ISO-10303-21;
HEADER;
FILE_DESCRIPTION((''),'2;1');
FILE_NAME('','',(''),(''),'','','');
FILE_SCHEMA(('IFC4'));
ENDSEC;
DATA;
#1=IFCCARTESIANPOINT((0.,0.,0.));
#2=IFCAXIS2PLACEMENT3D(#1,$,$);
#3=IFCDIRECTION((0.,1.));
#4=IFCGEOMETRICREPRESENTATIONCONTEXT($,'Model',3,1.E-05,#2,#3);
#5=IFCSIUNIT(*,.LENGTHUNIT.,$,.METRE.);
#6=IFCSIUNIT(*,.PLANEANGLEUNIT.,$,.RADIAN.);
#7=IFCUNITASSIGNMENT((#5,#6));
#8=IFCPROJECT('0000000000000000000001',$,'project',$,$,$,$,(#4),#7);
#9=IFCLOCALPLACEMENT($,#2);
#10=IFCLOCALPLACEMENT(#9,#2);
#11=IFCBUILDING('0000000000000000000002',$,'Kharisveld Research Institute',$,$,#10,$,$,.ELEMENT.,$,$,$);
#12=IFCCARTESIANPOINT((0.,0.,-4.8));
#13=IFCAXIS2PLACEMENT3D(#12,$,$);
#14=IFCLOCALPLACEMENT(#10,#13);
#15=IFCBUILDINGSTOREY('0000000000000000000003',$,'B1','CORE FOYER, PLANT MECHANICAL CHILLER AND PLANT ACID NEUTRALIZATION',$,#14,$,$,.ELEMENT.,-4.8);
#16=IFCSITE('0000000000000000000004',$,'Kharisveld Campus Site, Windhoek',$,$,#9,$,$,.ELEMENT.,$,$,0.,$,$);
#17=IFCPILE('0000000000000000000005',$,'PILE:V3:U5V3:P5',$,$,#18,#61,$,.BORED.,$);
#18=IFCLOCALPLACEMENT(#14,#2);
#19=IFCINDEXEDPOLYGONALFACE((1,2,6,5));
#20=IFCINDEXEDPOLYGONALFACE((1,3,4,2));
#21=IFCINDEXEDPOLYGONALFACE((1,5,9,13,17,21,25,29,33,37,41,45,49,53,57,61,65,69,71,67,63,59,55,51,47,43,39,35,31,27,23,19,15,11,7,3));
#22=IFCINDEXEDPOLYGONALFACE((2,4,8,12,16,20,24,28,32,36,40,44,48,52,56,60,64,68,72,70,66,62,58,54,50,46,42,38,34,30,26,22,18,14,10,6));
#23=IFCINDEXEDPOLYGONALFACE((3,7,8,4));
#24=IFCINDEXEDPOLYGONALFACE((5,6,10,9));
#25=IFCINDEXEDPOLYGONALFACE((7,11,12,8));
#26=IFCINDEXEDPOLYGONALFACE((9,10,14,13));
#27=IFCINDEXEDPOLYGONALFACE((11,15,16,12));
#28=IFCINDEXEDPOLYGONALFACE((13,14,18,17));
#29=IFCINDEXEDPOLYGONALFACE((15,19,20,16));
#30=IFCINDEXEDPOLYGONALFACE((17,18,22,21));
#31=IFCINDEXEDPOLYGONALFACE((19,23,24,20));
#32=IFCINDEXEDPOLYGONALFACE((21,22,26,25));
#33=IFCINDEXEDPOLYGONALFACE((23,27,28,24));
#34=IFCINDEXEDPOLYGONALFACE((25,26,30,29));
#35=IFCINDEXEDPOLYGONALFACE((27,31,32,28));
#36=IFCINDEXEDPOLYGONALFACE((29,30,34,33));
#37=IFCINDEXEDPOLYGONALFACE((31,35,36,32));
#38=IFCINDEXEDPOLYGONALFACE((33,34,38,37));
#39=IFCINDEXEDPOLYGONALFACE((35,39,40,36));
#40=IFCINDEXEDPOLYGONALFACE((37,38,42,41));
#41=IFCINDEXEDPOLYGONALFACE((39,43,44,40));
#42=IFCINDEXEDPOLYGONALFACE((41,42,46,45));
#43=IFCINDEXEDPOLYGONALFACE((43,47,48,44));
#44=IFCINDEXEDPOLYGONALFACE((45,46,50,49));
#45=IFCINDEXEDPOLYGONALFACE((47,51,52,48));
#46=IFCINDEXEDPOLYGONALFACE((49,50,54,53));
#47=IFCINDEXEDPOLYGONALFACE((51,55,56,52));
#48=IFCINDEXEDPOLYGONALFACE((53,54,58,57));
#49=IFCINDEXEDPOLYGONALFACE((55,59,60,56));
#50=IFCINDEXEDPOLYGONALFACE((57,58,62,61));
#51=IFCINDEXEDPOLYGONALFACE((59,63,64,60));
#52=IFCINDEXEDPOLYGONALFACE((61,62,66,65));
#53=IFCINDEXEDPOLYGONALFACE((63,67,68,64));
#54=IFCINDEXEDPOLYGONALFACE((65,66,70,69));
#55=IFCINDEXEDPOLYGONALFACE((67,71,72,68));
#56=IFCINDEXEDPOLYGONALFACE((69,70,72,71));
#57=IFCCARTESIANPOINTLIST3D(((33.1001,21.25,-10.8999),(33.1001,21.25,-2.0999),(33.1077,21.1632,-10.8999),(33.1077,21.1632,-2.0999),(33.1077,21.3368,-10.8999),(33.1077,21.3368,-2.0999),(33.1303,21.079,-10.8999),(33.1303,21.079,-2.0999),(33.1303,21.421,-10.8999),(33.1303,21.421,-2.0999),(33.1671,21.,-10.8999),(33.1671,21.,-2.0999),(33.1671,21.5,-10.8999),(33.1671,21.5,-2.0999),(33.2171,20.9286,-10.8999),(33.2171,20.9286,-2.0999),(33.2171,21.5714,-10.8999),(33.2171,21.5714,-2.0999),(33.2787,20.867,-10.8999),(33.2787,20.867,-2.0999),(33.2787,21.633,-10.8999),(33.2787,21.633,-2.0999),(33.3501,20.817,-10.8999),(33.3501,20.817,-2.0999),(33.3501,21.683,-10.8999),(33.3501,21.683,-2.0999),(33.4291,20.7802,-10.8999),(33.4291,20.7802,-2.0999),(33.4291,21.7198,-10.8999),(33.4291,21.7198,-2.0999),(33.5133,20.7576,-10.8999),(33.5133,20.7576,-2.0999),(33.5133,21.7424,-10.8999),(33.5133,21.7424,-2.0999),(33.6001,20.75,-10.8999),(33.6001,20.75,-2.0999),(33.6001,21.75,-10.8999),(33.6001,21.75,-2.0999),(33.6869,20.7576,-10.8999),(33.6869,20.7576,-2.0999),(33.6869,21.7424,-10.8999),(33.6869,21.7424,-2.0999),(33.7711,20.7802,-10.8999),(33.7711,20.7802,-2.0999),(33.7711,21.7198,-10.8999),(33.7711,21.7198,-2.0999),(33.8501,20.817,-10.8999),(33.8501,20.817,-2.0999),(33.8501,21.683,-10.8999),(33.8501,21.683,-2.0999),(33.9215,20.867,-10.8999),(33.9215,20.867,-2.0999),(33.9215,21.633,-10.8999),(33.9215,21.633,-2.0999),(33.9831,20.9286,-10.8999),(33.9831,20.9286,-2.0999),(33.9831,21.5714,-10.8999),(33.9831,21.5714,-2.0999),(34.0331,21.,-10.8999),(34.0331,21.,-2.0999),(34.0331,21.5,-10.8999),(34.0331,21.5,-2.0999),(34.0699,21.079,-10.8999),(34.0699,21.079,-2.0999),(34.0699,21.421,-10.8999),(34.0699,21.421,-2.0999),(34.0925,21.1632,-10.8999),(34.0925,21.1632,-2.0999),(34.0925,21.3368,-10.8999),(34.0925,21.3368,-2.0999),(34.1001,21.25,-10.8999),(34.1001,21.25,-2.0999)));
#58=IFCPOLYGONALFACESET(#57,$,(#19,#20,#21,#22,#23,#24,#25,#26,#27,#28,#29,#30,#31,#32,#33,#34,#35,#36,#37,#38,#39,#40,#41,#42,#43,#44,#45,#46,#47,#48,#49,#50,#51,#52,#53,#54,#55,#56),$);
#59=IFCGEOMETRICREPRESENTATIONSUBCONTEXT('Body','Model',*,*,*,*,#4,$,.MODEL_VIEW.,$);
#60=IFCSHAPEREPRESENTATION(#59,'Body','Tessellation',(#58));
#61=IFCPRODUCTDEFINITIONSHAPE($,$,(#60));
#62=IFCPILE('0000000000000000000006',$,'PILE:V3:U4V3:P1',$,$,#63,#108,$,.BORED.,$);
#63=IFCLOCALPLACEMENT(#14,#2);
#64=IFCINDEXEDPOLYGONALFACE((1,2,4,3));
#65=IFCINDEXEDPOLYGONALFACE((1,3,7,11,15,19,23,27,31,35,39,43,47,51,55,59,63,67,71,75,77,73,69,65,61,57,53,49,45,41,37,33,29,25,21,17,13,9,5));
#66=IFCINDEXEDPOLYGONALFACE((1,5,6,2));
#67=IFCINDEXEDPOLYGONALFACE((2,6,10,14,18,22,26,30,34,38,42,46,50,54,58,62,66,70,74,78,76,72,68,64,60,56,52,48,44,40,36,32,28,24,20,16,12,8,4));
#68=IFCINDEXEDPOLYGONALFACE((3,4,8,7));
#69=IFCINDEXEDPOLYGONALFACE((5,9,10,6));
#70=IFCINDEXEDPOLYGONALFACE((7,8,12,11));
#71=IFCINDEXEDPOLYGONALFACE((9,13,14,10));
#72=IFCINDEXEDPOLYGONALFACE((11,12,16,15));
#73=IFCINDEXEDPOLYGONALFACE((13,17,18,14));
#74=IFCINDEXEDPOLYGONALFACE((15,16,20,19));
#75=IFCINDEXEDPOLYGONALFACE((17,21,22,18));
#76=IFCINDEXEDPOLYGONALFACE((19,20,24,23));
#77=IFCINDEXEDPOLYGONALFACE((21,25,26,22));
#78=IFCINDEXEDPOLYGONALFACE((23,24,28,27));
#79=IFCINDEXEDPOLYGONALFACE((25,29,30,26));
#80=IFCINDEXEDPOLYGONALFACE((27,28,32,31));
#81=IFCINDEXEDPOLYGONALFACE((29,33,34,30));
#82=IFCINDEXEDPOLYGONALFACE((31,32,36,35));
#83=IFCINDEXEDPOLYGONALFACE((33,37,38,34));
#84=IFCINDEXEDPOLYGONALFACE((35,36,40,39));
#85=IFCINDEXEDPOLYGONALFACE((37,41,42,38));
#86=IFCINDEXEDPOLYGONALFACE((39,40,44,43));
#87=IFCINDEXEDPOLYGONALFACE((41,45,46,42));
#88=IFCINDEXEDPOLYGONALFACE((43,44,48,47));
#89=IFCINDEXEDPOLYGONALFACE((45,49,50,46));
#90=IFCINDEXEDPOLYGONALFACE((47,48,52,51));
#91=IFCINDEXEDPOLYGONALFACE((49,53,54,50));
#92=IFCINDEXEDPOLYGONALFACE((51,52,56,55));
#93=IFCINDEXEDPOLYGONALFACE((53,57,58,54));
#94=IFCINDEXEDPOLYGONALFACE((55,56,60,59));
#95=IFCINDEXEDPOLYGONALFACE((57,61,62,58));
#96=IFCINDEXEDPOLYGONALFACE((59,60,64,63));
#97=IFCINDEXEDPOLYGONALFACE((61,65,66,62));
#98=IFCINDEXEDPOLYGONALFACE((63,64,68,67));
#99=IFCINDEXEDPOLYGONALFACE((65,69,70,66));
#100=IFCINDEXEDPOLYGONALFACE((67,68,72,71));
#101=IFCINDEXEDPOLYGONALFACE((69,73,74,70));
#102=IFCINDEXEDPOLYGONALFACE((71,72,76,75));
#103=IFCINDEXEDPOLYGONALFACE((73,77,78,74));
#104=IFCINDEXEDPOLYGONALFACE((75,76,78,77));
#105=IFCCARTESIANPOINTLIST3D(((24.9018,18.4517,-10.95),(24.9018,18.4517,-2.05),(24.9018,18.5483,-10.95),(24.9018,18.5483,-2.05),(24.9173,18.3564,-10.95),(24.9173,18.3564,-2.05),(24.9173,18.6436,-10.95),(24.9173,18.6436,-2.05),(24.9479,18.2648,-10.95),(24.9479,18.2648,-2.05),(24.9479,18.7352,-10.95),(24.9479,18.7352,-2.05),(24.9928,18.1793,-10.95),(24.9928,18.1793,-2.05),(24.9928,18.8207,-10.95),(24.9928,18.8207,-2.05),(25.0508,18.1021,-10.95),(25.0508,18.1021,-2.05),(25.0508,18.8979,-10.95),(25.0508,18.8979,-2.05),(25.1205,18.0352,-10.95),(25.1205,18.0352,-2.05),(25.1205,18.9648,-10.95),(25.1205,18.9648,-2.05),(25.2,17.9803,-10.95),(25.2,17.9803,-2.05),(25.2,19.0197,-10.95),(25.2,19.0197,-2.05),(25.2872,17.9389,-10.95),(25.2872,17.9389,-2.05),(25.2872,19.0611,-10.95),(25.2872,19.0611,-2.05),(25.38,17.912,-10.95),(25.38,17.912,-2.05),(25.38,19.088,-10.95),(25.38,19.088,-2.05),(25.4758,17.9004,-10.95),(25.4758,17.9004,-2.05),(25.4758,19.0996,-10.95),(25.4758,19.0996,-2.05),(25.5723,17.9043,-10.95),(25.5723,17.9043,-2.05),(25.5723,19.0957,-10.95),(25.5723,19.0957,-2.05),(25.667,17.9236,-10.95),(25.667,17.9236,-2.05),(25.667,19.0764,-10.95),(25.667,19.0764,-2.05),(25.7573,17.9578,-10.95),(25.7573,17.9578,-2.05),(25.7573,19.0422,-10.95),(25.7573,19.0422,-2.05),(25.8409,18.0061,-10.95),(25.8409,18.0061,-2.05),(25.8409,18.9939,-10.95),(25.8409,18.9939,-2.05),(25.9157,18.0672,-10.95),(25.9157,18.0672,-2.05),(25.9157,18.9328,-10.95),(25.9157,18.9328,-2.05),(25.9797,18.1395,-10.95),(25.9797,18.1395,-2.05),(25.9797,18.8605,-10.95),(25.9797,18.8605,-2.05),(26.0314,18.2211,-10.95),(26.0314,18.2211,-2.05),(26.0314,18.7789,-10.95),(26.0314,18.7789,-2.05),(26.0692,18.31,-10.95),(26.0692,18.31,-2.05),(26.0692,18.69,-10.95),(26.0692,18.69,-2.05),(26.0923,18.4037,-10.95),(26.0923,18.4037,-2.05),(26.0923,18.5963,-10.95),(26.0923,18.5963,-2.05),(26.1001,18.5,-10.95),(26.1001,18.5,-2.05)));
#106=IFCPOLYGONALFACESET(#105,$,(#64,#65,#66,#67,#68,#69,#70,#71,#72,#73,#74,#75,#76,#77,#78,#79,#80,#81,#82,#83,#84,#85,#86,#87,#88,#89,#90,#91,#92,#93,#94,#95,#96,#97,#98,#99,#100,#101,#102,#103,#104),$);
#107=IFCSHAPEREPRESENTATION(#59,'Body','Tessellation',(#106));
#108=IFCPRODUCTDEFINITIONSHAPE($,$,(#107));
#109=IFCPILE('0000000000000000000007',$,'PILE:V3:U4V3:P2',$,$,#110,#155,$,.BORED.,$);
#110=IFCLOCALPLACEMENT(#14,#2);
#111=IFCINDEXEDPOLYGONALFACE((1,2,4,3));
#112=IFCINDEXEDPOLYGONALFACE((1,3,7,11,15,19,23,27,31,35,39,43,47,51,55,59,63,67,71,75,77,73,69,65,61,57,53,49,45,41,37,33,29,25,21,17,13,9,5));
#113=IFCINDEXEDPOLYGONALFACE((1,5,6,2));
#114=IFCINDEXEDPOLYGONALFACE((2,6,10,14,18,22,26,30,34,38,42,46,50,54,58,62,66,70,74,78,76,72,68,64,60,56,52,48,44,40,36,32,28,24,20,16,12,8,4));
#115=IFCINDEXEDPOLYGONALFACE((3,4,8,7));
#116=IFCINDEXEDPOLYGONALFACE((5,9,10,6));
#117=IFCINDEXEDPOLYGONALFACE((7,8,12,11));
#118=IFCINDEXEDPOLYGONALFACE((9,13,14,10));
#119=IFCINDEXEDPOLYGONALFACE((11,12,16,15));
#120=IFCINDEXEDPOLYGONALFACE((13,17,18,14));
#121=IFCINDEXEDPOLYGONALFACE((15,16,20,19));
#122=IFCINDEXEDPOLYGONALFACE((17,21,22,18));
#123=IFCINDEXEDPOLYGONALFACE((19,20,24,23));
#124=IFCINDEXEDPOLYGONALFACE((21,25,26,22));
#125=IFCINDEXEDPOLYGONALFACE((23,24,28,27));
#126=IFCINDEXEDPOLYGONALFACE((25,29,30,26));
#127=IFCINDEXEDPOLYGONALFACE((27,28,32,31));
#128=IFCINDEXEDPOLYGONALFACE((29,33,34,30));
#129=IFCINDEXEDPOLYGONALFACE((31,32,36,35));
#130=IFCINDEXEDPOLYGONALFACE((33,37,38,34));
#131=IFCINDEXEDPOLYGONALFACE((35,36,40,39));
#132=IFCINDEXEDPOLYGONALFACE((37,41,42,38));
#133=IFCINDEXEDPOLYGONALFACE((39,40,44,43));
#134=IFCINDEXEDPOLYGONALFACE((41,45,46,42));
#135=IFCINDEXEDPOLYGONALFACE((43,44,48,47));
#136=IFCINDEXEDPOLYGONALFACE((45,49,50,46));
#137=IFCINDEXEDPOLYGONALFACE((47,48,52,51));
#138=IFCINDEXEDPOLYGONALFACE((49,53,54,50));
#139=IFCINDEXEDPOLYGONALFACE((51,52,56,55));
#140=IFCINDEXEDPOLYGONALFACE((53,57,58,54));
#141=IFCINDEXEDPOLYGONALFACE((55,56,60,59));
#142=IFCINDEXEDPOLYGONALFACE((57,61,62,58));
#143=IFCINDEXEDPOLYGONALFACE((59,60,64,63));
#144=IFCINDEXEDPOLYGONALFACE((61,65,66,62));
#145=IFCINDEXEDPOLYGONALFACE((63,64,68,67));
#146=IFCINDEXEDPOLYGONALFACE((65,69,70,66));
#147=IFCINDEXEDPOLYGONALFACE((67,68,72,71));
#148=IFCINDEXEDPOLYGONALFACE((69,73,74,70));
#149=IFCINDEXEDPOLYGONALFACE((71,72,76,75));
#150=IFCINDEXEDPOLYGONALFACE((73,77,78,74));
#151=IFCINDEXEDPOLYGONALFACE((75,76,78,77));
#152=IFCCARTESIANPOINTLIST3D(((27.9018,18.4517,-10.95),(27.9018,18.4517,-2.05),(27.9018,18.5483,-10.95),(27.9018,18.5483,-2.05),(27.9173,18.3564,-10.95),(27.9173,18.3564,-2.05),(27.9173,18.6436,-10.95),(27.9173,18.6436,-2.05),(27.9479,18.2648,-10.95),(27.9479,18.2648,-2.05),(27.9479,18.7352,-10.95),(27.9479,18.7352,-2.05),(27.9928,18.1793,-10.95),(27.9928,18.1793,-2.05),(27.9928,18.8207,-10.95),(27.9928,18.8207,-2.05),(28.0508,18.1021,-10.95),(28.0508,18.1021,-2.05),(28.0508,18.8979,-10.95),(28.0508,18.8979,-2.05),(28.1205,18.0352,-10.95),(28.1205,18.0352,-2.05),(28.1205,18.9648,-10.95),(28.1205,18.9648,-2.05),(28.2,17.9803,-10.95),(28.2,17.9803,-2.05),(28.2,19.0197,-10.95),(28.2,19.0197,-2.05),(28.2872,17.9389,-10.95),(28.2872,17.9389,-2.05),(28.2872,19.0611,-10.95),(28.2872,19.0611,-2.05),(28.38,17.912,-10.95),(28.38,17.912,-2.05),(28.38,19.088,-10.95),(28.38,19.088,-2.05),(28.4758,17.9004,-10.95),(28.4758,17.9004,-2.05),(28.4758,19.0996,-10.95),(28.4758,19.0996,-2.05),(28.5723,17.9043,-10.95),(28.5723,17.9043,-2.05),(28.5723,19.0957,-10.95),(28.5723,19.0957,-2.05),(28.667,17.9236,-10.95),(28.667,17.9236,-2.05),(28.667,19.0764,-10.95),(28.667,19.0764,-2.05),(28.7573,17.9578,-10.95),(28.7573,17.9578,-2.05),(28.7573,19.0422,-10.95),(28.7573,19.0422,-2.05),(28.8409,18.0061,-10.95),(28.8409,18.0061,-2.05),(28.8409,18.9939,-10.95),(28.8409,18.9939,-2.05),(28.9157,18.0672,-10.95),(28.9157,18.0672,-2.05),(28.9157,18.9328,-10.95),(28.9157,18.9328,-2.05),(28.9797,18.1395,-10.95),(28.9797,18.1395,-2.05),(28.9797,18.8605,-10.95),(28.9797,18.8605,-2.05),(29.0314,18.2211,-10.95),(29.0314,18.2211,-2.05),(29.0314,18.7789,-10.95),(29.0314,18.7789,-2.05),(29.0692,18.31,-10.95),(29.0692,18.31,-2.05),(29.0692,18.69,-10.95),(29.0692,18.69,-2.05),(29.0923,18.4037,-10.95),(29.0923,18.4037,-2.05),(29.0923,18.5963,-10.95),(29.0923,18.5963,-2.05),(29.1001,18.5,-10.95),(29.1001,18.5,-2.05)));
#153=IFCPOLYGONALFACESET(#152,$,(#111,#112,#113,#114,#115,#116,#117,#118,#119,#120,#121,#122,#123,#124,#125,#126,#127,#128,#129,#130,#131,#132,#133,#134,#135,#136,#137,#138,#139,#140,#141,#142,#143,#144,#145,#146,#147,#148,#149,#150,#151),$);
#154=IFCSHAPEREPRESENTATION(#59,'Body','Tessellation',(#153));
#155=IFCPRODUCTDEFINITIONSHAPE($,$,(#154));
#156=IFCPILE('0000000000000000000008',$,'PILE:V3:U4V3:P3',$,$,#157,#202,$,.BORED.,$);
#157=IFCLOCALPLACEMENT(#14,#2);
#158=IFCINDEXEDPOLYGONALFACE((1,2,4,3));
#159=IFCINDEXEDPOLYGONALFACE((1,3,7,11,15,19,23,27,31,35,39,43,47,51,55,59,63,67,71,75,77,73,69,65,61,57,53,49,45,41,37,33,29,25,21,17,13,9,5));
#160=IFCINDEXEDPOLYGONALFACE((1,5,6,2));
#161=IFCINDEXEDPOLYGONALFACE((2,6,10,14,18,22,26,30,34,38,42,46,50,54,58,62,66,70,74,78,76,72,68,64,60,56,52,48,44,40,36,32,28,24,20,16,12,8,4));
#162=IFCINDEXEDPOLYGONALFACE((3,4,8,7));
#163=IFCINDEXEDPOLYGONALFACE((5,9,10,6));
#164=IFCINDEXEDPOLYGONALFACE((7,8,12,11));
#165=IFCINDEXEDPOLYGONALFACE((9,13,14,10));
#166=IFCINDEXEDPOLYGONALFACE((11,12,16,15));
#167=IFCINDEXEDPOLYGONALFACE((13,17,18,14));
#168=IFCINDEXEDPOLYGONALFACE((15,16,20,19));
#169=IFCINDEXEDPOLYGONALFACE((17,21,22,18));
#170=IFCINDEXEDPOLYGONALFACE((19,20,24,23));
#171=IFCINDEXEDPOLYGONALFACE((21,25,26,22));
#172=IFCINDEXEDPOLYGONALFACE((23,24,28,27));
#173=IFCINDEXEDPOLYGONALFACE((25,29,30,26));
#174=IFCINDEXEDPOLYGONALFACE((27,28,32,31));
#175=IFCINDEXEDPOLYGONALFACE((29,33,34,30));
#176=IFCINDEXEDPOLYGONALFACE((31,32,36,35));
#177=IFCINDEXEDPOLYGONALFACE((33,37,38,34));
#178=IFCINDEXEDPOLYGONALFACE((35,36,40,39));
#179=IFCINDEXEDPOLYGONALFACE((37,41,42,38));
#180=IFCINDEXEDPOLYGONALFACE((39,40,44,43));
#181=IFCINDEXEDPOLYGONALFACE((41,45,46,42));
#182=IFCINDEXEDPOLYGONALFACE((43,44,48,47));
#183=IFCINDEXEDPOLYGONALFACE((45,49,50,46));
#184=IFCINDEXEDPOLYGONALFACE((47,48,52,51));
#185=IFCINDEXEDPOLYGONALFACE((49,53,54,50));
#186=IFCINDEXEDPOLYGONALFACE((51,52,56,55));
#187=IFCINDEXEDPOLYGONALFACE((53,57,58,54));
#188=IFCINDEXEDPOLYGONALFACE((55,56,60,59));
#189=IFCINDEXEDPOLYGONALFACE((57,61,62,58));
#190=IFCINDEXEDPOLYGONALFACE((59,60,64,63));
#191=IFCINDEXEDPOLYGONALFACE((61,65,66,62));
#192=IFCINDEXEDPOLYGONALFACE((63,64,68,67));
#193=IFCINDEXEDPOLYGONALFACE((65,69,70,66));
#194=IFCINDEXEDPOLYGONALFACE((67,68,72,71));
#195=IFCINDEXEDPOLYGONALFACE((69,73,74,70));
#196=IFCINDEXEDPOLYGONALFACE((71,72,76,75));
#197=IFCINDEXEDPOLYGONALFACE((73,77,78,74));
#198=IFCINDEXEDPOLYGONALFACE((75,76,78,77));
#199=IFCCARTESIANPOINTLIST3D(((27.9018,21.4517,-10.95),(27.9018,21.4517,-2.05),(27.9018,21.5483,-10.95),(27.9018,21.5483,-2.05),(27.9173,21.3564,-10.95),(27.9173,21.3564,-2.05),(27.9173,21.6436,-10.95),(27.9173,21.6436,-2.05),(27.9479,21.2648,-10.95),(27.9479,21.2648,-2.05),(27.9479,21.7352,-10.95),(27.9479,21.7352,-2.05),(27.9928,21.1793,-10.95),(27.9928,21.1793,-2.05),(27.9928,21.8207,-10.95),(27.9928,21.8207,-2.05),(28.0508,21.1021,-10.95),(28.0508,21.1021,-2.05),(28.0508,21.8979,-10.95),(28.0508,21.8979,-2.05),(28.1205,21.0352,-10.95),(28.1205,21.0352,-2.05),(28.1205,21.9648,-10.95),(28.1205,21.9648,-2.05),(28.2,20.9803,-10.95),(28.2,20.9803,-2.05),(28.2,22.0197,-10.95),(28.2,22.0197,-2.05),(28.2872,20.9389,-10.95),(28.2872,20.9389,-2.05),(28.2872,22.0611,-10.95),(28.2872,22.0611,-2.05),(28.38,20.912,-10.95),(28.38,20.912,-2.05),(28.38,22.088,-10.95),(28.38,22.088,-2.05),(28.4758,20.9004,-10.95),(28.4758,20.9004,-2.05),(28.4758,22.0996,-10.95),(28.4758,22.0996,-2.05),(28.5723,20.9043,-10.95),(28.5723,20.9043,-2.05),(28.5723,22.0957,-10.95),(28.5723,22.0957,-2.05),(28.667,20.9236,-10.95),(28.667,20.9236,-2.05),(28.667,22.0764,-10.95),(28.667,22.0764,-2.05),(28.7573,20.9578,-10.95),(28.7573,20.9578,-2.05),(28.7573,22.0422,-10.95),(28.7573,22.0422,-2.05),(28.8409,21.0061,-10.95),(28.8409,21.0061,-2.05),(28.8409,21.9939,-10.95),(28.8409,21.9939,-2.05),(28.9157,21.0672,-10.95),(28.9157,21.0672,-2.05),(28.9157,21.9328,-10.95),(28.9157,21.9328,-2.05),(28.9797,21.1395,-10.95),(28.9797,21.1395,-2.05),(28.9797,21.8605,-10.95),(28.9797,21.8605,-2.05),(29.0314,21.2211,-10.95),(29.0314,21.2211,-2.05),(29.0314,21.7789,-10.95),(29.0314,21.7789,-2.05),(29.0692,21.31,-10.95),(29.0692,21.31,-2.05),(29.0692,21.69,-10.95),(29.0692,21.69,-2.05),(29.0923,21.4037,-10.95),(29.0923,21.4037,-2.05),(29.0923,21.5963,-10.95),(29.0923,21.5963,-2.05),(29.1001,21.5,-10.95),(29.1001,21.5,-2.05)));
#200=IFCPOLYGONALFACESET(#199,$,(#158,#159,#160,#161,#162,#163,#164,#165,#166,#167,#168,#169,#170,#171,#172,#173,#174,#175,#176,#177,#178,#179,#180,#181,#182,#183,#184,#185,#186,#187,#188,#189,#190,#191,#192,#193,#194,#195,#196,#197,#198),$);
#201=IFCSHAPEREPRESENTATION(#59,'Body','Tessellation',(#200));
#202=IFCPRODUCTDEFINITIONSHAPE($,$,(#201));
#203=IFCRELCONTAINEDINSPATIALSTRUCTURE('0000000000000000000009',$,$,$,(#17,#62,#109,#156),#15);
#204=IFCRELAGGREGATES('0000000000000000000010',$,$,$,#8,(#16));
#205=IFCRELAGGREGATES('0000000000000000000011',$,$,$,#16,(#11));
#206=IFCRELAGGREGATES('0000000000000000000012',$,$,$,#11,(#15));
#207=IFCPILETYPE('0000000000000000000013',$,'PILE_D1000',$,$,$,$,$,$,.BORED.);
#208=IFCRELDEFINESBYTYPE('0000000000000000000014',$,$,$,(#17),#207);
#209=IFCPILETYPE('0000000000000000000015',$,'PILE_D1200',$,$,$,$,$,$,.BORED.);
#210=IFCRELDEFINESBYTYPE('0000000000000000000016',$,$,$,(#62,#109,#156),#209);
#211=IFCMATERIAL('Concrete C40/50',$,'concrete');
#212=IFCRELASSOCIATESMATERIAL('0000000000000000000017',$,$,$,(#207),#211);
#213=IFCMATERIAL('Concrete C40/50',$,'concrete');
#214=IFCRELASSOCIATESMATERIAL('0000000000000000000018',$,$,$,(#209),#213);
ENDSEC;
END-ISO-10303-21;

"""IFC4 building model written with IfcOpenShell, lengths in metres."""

from ifc_helpers import new_model, si_unit, direction, frame, origin, origin_2d, place, context, subcontext, project, spatial, circle, extrude, material, material_profile, profile_set, type_object, element, save


model = new_model("IFC4")

# Units and contexts
model_context = context("Model", 3, precision=1e-05, world=origin(), true_north=direction((0.0, 1.0)))
body_context = subcontext(model_context, "Body", "Model", "MODEL_VIEW")
ifc_project = project(units=[si_unit("LENGTHUNIT", "METRE"), si_unit("PLANEANGLEUNIT", "RADIAN")], contexts=[model_context])

# Site, building, storey
site_placement = place(None, origin())
site = spatial("IfcSite", under=ifc_project, at=site_placement, Name="Kharisveld Campus Site, Windhoek", CompositionType="ELEMENT", RefElevation=0.0)
building_placement = place(site_placement, origin())
building = spatial("IfcBuilding", under=site, at=building_placement, Name="Kharisveld Research Institute", CompositionType="ELEMENT")
storey_placement = place(building_placement, frame((0.0, 0.0, -4.8)))
storey = spatial("IfcBuildingStorey", under=building, at=storey_placement, Name="B1", Description="CORE FOYER, PLANT MECHANICAL CHILLER AND PLANT ACID NEUTRALIZATION", CompositionType="ELEMENT", Elevation=-4.8)

# Piles
ifc_material_1 = material(Name="Concrete C40/50", Category="concrete")
ifc_material_profile_1 = material_profile(ifc_material_1, circle(Radius=0.5, at=origin_2d()))
ifc_profile_set_1 = profile_set([ifc_material_profile_1], Name="Concrete C40/50")
pile_type_1 = type_object("IfcPileType", Name="PILE_D1000", PredefinedType="BORED", material=ifc_profile_set_1)
for number, where, z_axis, x_axis, name in (
    (1, (33.6001, 21.25, -2.0999), (0.0, 0.0, -1.0), (1.0, 0.0, 0.0), "PILE:V3:U5V3:P5"),
):
    element("IfcPile", number, at=place(storey_placement, frame(where, z_axis=z_axis, x_axis=x_axis)), inside=storey, type_object=pile_type_1, Name=name, PredefinedType="BORED", context=body_context, shape_type="SweptSolid", body=[
        extrude(circle(Radius=0.5, at=origin_2d()), origin(), (0.0, 0.0, 1.0), 8.8),
    ])
ifc_material_2 = material(Name="Concrete C40/50", Category="concrete")
ifc_material_profile_2 = material_profile(ifc_material_2, circle(Radius=0.6001, at=origin_2d()))
ifc_profile_set_2 = profile_set([ifc_material_profile_2], Name="Concrete C40/50")
pile_type_2 = type_object("IfcPileType", Name="PILE_D1200", PredefinedType="BORED", material=ifc_profile_set_2)
for number, where, z_axis, x_axis, name in (
    (2, (25.5, 18.5, -2.05), (0.0, 0.0, -1.0), (1.0, 0.0, 0.0), "PILE:V3:U4V3:P1"),
    (3, (28.5, 18.5, -2.05), (0.0, 0.0, -1.0), (1.0, 0.0, 0.0), "PILE:V3:U4V3:P2"),
    (4, (28.5, 21.5, -2.05), (0.0, 0.0, -1.0), (1.0, 0.0, 0.0), "PILE:V3:U4V3:P3"),
):
    element("IfcPile", number, at=place(storey_placement, frame(where, z_axis=z_axis, x_axis=x_axis)), inside=storey, type_object=pile_type_2, Name=name, PredefinedType="BORED", context=body_context, shape_type="SweptSolid", body=[
        extrude(circle(Radius=0.6001, at=origin_2d()), origin(), (0.0, 0.0, 1.0), 8.8999),
    ])

save(model, "model.ifc")
